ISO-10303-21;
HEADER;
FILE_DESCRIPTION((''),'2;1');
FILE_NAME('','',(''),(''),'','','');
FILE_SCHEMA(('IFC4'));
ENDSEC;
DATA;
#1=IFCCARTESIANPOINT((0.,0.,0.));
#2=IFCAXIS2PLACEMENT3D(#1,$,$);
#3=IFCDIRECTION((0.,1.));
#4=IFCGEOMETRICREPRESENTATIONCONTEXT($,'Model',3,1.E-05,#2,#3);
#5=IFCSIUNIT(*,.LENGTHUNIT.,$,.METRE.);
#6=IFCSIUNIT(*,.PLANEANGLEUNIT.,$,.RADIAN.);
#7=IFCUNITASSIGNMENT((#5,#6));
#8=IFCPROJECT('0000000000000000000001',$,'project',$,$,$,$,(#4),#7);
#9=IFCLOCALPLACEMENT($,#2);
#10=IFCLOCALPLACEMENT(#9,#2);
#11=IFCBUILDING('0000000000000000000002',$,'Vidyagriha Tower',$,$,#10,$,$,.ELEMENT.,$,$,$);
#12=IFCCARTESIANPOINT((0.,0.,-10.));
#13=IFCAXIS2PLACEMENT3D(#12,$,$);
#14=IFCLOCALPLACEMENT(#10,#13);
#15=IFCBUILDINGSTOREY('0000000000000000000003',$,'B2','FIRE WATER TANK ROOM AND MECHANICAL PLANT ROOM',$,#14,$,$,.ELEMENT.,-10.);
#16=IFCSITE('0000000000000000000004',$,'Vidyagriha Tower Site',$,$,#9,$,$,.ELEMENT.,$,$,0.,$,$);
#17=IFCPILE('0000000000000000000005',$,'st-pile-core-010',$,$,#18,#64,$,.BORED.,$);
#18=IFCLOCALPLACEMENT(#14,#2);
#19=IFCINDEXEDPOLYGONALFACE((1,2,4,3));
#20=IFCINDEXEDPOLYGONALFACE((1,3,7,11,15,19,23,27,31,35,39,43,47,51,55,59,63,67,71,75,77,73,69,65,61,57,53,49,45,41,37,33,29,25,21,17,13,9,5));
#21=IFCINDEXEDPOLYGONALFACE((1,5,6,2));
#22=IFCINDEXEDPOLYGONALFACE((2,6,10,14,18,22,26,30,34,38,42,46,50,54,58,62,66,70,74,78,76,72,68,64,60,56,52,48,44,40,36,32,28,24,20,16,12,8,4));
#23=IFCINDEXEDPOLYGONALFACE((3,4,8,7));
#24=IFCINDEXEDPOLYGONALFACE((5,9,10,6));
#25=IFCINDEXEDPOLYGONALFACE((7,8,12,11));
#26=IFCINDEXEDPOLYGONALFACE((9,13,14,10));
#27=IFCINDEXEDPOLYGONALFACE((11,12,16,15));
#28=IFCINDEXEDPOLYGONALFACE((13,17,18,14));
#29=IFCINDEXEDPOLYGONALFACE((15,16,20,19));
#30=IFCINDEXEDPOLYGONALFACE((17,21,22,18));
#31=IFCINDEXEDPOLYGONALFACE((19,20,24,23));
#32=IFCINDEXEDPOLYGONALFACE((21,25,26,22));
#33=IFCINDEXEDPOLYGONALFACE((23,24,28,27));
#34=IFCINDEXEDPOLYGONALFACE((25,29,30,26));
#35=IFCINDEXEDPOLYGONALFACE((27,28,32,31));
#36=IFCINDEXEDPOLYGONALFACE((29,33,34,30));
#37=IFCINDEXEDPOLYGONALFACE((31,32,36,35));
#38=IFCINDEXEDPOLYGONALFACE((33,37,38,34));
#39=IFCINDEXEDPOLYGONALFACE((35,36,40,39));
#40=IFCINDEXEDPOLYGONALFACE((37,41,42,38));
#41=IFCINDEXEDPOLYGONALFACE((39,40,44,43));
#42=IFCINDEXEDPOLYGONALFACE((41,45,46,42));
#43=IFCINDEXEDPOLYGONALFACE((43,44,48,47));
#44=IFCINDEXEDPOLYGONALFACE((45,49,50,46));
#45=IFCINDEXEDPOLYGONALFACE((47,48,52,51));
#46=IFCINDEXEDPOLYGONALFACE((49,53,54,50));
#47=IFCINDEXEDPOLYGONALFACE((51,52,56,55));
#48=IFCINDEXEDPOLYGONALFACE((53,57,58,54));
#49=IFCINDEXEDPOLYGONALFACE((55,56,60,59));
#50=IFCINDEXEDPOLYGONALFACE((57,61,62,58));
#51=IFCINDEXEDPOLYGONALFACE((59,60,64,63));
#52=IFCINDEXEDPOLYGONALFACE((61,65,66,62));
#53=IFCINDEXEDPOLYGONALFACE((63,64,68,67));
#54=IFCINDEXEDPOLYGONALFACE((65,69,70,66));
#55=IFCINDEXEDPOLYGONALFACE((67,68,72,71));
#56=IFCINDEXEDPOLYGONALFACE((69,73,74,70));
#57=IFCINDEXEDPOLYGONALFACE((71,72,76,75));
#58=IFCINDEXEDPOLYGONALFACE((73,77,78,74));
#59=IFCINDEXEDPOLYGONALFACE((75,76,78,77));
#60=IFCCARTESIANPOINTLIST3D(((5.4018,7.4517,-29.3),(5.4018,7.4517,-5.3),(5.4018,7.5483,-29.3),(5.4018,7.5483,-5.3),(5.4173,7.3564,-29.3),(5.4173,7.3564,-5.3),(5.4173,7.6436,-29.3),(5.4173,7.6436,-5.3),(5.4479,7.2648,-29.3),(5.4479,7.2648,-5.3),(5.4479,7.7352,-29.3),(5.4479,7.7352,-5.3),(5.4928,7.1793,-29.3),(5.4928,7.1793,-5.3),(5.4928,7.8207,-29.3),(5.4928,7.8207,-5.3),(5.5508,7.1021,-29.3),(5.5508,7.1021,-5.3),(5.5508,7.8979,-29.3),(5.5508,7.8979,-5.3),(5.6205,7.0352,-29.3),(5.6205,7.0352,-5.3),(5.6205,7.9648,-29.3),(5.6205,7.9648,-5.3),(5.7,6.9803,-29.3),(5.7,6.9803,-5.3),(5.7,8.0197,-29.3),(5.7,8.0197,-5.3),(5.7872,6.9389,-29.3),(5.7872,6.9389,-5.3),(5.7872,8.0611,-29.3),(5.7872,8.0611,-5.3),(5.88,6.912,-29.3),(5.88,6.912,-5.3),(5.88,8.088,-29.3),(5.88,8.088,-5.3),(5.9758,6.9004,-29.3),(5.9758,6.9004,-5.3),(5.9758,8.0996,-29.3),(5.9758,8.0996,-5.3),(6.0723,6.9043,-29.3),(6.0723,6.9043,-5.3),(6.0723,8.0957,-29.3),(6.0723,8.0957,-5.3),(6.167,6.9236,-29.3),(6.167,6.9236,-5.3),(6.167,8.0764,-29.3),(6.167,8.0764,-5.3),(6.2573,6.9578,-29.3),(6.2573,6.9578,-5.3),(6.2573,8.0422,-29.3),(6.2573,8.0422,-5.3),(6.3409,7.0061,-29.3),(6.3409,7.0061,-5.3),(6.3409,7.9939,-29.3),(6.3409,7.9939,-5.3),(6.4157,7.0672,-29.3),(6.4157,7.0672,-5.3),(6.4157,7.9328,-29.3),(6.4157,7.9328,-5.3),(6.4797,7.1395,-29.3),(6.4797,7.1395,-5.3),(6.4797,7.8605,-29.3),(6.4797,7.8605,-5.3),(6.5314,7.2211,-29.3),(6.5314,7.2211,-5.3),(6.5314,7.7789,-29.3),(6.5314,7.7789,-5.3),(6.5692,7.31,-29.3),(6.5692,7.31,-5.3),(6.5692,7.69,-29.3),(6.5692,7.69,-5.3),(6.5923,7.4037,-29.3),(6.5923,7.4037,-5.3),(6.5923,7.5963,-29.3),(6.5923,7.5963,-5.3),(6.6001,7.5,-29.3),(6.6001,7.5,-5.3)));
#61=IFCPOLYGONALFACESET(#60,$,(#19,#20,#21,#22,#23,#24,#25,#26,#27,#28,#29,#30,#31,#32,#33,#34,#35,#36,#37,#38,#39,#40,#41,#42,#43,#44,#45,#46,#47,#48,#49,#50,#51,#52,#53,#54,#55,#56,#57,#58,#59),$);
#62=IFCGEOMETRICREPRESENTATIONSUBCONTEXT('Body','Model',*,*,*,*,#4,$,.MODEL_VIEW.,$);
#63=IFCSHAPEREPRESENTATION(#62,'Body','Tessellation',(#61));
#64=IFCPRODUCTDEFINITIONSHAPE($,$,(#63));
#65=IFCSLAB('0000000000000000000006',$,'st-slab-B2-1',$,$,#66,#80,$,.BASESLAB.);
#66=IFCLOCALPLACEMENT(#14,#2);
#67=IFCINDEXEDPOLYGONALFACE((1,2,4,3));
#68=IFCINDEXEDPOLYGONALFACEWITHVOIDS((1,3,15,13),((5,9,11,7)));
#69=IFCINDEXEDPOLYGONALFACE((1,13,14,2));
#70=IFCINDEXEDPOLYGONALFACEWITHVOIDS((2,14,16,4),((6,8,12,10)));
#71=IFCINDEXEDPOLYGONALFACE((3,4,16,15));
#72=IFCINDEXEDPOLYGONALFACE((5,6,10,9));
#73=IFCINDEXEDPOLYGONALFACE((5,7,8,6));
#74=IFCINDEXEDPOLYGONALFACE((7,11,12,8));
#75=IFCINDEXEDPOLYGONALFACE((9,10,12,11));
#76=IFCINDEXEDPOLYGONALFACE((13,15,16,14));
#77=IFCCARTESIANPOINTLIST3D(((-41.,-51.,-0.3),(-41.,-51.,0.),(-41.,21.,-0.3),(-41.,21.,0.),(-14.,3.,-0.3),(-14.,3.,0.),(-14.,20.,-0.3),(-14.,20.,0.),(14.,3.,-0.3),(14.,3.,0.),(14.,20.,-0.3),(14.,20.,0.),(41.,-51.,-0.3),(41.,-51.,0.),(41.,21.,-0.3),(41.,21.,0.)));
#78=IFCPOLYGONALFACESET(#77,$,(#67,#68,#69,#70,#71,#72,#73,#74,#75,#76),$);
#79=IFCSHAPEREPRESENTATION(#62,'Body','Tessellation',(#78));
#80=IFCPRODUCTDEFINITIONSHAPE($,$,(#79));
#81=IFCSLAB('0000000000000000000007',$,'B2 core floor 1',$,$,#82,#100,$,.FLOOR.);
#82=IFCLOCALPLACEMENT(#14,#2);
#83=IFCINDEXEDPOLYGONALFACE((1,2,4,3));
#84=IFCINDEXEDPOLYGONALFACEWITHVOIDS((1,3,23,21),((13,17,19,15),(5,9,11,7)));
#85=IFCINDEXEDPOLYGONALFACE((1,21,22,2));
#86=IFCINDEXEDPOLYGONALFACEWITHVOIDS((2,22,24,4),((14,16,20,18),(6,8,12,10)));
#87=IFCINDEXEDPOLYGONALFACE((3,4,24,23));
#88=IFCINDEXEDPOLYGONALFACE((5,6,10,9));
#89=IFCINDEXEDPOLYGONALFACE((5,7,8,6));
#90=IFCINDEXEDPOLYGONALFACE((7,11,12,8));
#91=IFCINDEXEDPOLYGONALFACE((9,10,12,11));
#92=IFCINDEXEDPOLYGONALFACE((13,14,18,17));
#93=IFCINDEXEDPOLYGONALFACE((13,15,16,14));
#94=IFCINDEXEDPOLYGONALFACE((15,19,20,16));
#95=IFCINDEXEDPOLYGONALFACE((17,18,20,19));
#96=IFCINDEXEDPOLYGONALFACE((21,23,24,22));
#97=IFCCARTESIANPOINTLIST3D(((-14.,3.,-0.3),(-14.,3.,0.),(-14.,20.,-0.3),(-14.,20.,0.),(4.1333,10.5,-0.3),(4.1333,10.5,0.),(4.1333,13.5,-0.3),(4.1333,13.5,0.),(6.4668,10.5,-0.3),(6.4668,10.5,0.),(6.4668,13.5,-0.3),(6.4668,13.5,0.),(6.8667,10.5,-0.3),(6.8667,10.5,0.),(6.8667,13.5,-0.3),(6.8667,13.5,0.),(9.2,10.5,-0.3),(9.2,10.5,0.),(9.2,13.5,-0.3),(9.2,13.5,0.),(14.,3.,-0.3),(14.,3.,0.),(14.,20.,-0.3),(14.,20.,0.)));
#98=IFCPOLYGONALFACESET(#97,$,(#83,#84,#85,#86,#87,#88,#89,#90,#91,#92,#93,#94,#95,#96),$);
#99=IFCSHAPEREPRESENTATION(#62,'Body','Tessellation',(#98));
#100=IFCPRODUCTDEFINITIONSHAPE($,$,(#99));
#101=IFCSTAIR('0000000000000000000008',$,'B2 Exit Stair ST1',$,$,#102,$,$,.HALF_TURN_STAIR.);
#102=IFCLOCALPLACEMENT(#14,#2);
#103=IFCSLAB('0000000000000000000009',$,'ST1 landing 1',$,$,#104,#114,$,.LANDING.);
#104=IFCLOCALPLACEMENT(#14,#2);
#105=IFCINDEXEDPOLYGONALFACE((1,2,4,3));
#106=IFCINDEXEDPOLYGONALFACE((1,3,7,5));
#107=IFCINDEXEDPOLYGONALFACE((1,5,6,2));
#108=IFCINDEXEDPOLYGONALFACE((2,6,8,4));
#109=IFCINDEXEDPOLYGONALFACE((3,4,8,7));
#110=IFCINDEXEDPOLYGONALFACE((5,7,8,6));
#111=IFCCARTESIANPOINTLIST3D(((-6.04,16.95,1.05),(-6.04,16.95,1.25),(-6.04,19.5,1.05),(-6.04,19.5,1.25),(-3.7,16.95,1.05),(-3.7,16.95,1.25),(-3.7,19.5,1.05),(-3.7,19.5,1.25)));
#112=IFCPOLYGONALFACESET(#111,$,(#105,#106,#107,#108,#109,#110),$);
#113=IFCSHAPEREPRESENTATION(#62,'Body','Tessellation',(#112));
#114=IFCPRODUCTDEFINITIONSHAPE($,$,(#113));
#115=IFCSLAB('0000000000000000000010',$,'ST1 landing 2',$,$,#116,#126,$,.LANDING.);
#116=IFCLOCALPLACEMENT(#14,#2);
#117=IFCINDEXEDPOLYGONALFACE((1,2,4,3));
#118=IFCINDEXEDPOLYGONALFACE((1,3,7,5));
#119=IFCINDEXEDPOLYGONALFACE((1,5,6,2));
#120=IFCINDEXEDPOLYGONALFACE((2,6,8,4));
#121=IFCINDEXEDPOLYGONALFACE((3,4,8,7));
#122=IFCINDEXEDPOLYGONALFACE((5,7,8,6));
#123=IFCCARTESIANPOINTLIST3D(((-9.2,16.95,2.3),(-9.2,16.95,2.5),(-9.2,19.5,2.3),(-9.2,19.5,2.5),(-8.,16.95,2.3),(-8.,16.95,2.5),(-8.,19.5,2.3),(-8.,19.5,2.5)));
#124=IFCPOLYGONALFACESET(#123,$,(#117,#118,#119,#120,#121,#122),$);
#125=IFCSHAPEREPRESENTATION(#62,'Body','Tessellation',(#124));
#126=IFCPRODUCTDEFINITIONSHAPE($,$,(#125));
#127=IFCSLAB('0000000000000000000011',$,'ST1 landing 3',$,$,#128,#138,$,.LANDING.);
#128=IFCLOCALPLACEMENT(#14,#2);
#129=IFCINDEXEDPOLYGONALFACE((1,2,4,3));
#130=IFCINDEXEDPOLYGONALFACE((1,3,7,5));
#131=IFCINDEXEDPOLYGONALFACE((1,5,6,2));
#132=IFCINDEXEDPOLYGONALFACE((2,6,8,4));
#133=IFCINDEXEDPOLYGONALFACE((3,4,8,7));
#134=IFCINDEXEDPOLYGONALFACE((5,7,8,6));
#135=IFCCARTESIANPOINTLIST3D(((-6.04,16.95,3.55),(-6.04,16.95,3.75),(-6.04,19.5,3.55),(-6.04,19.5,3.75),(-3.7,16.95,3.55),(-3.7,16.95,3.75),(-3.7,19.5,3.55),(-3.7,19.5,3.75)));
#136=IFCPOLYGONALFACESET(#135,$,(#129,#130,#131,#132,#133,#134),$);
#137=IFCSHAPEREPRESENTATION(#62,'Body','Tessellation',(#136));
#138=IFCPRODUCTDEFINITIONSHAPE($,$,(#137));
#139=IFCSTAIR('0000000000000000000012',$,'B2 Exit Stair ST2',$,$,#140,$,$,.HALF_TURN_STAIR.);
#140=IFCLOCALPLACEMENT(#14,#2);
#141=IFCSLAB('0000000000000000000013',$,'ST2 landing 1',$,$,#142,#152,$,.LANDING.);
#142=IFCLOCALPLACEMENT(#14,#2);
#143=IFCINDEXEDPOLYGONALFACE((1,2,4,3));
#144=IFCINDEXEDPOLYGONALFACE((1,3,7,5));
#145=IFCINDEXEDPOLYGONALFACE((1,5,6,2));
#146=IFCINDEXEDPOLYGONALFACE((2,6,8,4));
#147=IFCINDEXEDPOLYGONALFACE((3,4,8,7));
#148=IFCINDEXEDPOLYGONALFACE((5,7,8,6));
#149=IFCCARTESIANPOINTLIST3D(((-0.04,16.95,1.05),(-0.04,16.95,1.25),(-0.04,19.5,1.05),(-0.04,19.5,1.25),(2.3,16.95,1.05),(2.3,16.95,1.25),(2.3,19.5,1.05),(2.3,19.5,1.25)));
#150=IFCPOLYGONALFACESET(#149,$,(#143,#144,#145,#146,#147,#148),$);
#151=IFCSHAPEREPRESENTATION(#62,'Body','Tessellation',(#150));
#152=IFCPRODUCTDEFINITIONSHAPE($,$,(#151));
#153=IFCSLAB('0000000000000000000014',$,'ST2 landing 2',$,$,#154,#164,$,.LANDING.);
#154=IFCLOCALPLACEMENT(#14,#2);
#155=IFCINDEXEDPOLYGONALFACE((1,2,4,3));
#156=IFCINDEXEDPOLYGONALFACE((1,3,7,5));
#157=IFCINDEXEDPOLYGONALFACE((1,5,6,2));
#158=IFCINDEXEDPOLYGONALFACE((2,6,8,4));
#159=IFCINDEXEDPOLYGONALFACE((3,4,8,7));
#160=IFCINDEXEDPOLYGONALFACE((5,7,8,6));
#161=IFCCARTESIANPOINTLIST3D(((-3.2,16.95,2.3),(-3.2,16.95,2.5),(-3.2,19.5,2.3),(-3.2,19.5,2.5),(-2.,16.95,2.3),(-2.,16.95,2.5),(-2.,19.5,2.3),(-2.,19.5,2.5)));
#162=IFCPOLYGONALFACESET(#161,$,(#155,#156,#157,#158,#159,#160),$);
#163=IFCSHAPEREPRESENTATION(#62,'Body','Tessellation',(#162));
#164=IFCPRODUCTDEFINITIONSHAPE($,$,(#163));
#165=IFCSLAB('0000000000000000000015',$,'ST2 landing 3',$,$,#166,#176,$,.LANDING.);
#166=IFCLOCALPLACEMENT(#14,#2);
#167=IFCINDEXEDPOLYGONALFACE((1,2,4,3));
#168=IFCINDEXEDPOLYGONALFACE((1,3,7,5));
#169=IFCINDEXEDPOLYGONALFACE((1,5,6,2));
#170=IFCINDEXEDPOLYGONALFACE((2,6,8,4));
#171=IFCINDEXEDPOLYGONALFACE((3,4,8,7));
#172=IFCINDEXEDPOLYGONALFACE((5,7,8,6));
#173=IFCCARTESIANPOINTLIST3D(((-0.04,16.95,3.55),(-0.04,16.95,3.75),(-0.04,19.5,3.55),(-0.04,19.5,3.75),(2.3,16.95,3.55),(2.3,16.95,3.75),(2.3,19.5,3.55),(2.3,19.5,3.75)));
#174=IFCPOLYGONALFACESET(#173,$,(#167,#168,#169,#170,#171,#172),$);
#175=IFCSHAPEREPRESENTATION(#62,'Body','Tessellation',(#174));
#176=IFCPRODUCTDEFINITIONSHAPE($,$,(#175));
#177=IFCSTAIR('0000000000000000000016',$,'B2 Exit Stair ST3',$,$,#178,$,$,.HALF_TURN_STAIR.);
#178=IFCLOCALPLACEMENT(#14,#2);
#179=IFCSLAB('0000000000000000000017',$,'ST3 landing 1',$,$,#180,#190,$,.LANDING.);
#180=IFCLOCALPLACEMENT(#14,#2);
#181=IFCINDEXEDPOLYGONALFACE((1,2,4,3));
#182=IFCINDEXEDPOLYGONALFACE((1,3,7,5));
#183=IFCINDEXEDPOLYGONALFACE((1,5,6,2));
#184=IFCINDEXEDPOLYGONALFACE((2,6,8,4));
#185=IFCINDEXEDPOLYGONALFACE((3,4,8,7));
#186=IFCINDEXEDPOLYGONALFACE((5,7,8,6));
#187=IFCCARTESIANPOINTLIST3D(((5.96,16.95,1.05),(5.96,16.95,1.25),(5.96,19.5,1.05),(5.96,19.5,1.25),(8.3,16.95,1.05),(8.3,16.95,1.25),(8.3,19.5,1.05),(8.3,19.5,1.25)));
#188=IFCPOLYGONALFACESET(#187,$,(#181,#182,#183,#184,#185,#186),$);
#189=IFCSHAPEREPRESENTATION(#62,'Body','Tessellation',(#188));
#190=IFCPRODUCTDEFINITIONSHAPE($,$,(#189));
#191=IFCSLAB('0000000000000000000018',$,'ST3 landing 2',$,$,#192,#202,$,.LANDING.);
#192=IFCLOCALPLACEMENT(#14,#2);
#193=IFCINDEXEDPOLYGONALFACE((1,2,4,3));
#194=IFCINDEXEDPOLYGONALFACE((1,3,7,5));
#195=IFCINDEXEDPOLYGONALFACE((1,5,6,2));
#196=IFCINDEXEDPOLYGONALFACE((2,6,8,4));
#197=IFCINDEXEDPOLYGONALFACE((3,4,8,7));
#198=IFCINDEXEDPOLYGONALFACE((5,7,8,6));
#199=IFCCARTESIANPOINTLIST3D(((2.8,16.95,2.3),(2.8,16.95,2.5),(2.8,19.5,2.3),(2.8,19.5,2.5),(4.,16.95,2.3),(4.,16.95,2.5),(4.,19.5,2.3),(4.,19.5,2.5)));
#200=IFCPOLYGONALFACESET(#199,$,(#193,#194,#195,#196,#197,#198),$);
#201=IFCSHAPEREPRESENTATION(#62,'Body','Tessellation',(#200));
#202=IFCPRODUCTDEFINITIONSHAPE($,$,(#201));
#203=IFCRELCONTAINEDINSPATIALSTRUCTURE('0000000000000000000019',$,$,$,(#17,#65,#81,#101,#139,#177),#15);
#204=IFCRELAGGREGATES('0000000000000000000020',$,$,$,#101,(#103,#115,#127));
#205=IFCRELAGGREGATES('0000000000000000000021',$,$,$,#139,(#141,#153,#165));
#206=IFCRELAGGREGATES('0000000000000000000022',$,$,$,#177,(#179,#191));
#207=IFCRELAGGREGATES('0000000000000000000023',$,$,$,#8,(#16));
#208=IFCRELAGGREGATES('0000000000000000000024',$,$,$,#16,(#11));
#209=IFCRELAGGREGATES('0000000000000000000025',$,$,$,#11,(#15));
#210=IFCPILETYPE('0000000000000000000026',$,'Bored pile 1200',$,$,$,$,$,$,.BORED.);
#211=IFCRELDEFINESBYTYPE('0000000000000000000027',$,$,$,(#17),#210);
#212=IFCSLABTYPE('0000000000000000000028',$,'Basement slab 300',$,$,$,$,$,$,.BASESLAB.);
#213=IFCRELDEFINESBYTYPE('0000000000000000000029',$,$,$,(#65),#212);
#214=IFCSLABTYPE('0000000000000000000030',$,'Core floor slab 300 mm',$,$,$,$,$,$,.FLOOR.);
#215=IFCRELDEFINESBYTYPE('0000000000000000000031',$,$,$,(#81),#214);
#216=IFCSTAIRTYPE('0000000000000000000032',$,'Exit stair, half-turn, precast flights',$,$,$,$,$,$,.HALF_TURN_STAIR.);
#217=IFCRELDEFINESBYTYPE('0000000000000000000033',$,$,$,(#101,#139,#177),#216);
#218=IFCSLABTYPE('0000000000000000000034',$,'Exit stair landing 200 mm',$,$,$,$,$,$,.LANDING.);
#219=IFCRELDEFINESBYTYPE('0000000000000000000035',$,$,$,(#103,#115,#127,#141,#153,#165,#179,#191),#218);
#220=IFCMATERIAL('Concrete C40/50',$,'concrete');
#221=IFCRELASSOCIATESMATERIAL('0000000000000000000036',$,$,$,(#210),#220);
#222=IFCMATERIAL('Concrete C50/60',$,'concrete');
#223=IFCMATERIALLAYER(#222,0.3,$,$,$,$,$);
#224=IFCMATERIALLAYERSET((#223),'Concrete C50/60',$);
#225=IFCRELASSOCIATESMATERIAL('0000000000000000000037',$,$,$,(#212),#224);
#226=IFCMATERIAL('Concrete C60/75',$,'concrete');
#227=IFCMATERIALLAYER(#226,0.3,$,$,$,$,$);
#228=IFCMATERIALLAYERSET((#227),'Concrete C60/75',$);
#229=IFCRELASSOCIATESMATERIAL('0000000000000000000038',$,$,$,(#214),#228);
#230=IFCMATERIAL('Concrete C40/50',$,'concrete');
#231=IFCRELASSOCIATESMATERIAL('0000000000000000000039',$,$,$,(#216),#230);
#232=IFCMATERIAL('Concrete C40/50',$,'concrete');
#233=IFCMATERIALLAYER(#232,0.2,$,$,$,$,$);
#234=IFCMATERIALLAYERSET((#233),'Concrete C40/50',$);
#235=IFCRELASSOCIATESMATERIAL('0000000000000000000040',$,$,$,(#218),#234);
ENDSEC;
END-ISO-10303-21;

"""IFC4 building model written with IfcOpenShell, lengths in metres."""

from ifc_helpers import new_model, si_unit, direction, frame, origin, origin_2d, place, context, subcontext, project, spatial, polyline, circle, outline, extrude, material, layer, layer_set, material_profile, profile_set, type_object, element, aggregate, save


model = new_model("IFC4")

# Units and contexts
model_context = context("Model", 3, precision=1e-05, world=origin(), true_north=direction((0.0, 1.0)))
body_context = subcontext(model_context, "Body", "Model", "MODEL_VIEW")
ifc_project = project(units=[si_unit("LENGTHUNIT", "METRE"), si_unit("PLANEANGLEUNIT", "RADIAN")], contexts=[model_context])

# Site, building, storey
site_placement = place(None, origin())
site = spatial("IfcSite", under=ifc_project, at=site_placement, Name="Vidyagriha Tower Site", CompositionType="ELEMENT", RefElevation=0.0)
building_placement = place(site_placement, origin())
building = spatial("IfcBuilding", under=site, at=building_placement, Name="Vidyagriha Tower", CompositionType="ELEMENT")
storey_placement = place(building_placement, frame((0.0, 0.0, -10.0)))
storey = spatial("IfcBuildingStorey", under=building, at=storey_placement, Name="B2", Description="FIRE WATER TANK ROOM AND MECHANICAL PLANT ROOM", CompositionType="ELEMENT", Elevation=-10.0)

# Pile
ifc_material_1 = material(Name="Concrete C40/50", Category="concrete")
ifc_material_profile = material_profile(ifc_material_1, circle(Radius=0.6001, at=origin_2d()), Name="Bored pile 1200")
ifc_profile_set = profile_set([ifc_material_profile], Name="Concrete C40/50")
pile_type = type_object("IfcPileType", Name="Bored pile 1200", PredefinedType="BORED", material=ifc_profile_set)
pile_placement = place(storey_placement, frame((6.0, 7.5, -5.3), z_axis=(0.0, 0.0, -1.0), x_axis=(1.0, 0.0, 0.0)))
element("IfcPile", 1, at=pile_placement, inside=storey, type_object=pile_type, Name="st-pile-core-010", PredefinedType="BORED", context=body_context, shape_type="SweptSolid", body=[
    extrude(circle(Radius=0.6001, at=origin_2d()), origin(), (0.0, 0.0, 1.0), 24.0),
])

# Slabs
ifc_material_2 = material(Name="Concrete C50/60", Category="concrete")
ifc_layer_1 = layer(ifc_material_2, 0.3)
ifc_layer_set_1 = layer_set([ifc_layer_1], Name="Concrete C50/60")
slab_type_1 = type_object("IfcSlabType", Name="Basement slab 300", PredefinedType="BASESLAB", material=ifc_layer_set_1)
slab_1_placement = place(storey_placement, frame((0.0, 0.0, -0.3)))
element("IfcSlab", 2, at=slab_1_placement, inside=storey, type_object=slab_type_1, Name="st-slab-B2-1", PredefinedType="BASESLAB", context=body_context, shape_type="SweptSolid", body=[
    extrude(outline(polyline([(-41.0, -51.0), (-41.0, 21.0), (41.0, 21.0), (41.0, -51.0), (-41.0, -51.0)]), holes=[polyline([(14.0, 20.0), (-14.0, 20.0), (-14.0, 3.0), (14.0, 3.0), (14.0, 20.0)])]), origin(), (0.0, 0.0, 1.0), 0.3),
])
ifc_material_3 = material(Name="Concrete C60/75", Category="concrete")
ifc_layer_2 = layer(ifc_material_3, 0.3)
ifc_layer_set_2 = layer_set([ifc_layer_2], Name="Concrete C60/75")
slab_type_2 = type_object("IfcSlabType", Name="Core floor slab 300 mm", PredefinedType="FLOOR", material=ifc_layer_set_2)
slab_2_placement = place(storey_placement, frame((0.0, 0.0, -0.3)))
element("IfcSlab", 3, at=slab_2_placement, inside=storey, type_object=slab_type_2, Name="B2 core floor 1", PredefinedType="FLOOR", context=body_context, shape_type="SweptSolid", body=[
    extrude(outline(polyline([(-14.0, 3.0), (-14.0, 20.0), (14.0, 20.0), (14.0, 3.0), (-14.0, 3.0)]), holes=[polyline([(9.2, 10.5), (9.2, 13.5), (6.8667, 13.5), (6.8667, 10.5), (9.2, 10.5)]), polyline([(6.4668, 10.5), (6.4668, 13.5), (4.1333, 13.5), (4.1333, 10.5), (6.4668, 10.5)])]), origin(), (0.0, 0.0, 1.0), 0.3),
])

# Stairs, slabs
ifc_material_4 = material(Name="Concrete C40/50", Category="concrete")
stair_type_1 = type_object("IfcStairType", Name="Exit stair, half-turn, precast flights", PredefinedType="HALF_TURN_STAIR", material=ifc_material_4)
stair_1_placement = place(storey_placement, origin())
stair_1 = element("IfcStair", 4, at=stair_1_placement, inside=storey, type_object=stair_type_1, Name="B2 Exit Stair ST1", PredefinedType="HALF_TURN_STAIR")
ifc_material_5 = material(Name="Concrete C40/50", Category="concrete")
ifc_layer_3 = layer(ifc_material_5, 0.2)
ifc_layer_set_3 = layer_set([ifc_layer_3], Name="Concrete C40/50")
slab_type_3 = type_object("IfcSlabType", Name="Exit stair landing 200 mm", PredefinedType="LANDING", material=ifc_layer_set_3)
slab_3_placement = place(storey_placement, frame((0.0, 0.0, 1.05)))
slab_3 = element("IfcSlab", 5, at=slab_3_placement, type_object=slab_type_3, Name="ST1 landing 1", PredefinedType="LANDING", context=body_context, shape_type="SweptSolid", body=[
    extrude(outline(polyline([(-6.04, 16.95), (-3.7, 16.95), (-3.7, 19.5), (-6.04, 19.5), (-6.04, 16.95)])), origin(), (0.0, 0.0, 1.0), 0.2),
])
slab_4_placement = place(storey_placement, frame((0.0, 0.0, 2.3)))
slab_4 = element("IfcSlab", 6, at=slab_4_placement, type_object=slab_type_3, Name="ST1 landing 2", PredefinedType="LANDING", context=body_context, shape_type="SweptSolid", body=[
    extrude(outline(polyline([(-9.2, 16.95), (-8.0, 16.95), (-8.0, 19.5), (-9.2, 19.5), (-9.2, 16.95)])), origin(), (0.0, 0.0, 1.0), 0.2),
])
slab_5_placement = place(storey_placement, frame((0.0, 0.0, 3.55)))
slab_5 = element("IfcSlab", 7, at=slab_5_placement, type_object=slab_type_3, Name="ST1 landing 3", PredefinedType="LANDING", context=body_context, shape_type="SweptSolid", body=[
    extrude(outline(polyline([(-6.04, 16.95), (-3.7, 16.95), (-3.7, 19.5), (-6.04, 19.5), (-6.04, 16.95)])), origin(), (0.0, 0.0, 1.0), 0.2),
])
aggregate(stair_1, [slab_3, slab_4, slab_5])
stair_2_placement = place(storey_placement, origin())
stair_2 = element("IfcStair", 8, at=stair_2_placement, inside=storey, type_object=stair_type_1, Name="B2 Exit Stair ST2", PredefinedType="HALF_TURN_STAIR")
slab_6_placement = place(storey_placement, frame((0.0, 0.0, 1.05)))
slab_6 = element("IfcSlab", 9, at=slab_6_placement, type_object=slab_type_3, Name="ST2 landing 1", PredefinedType="LANDING", context=body_context, shape_type="SweptSolid", body=[
    extrude(outline(polyline([(-0.04, 16.95), (2.3, 16.95), (2.3, 19.5), (-0.04, 19.5), (-0.04, 16.95)])), origin(), (0.0, 0.0, 1.0), 0.2),
])
slab_7_placement = place(storey_placement, frame((0.0, 0.0, 2.3)))
slab_7 = element("IfcSlab", 10, at=slab_7_placement, type_object=slab_type_3, Name="ST2 landing 2", PredefinedType="LANDING", context=body_context, shape_type="SweptSolid", body=[
    extrude(outline(polyline([(-3.2, 16.95), (-2.0, 16.95), (-2.0, 19.5), (-3.2, 19.5), (-3.2, 16.95)])), origin(), (0.0, 0.0, 1.0), 0.2),
])
slab_8_placement = place(storey_placement, frame((0.0, 0.0, 3.55)))
slab_8 = element("IfcSlab", 11, at=slab_8_placement, type_object=slab_type_3, Name="ST2 landing 3", PredefinedType="LANDING", context=body_context, shape_type="SweptSolid", body=[
    extrude(outline(polyline([(-0.04, 16.95), (2.3, 16.95), (2.3, 19.5), (-0.04, 19.5), (-0.04, 16.95)])), origin(), (0.0, 0.0, 1.0), 0.2),
])
aggregate(stair_2, [slab_6, slab_7, slab_8])
stair_3_placement = place(storey_placement, origin())
stair_3 = element("IfcStair", 12, at=stair_3_placement, inside=storey, type_object=stair_type_1, Name="B2 Exit Stair ST3", PredefinedType="HALF_TURN_STAIR")
slab_9_placement = place(storey_placement, frame((0.0, 0.0, 1.05)))
slab_9 = element("IfcSlab", 13, at=slab_9_placement, type_object=slab_type_3, Name="ST3 landing 1", PredefinedType="LANDING", context=body_context, shape_type="SweptSolid", body=[
    extrude(outline(polyline([(5.96, 16.95), (8.3, 16.95), (8.3, 19.5), (5.96, 19.5), (5.96, 16.95)])), origin(), (0.0, 0.0, 1.0), 0.2),
])
slab_10_placement = place(storey_placement, frame((0.0, 0.0, 2.3)))
slab_10 = element("IfcSlab", 14, at=slab_10_placement, type_object=slab_type_3, Name="ST3 landing 2", PredefinedType="LANDING", context=body_context, shape_type="SweptSolid", body=[
    extrude(outline(polyline([(2.8, 16.95), (4.0, 16.95), (4.0, 19.5), (2.8, 19.5), (2.8, 16.95)])), origin(), (0.0, 0.0, 1.0), 0.2),
])
aggregate(stair_3, [slab_9, slab_10])

save(model, "model.ifc")
